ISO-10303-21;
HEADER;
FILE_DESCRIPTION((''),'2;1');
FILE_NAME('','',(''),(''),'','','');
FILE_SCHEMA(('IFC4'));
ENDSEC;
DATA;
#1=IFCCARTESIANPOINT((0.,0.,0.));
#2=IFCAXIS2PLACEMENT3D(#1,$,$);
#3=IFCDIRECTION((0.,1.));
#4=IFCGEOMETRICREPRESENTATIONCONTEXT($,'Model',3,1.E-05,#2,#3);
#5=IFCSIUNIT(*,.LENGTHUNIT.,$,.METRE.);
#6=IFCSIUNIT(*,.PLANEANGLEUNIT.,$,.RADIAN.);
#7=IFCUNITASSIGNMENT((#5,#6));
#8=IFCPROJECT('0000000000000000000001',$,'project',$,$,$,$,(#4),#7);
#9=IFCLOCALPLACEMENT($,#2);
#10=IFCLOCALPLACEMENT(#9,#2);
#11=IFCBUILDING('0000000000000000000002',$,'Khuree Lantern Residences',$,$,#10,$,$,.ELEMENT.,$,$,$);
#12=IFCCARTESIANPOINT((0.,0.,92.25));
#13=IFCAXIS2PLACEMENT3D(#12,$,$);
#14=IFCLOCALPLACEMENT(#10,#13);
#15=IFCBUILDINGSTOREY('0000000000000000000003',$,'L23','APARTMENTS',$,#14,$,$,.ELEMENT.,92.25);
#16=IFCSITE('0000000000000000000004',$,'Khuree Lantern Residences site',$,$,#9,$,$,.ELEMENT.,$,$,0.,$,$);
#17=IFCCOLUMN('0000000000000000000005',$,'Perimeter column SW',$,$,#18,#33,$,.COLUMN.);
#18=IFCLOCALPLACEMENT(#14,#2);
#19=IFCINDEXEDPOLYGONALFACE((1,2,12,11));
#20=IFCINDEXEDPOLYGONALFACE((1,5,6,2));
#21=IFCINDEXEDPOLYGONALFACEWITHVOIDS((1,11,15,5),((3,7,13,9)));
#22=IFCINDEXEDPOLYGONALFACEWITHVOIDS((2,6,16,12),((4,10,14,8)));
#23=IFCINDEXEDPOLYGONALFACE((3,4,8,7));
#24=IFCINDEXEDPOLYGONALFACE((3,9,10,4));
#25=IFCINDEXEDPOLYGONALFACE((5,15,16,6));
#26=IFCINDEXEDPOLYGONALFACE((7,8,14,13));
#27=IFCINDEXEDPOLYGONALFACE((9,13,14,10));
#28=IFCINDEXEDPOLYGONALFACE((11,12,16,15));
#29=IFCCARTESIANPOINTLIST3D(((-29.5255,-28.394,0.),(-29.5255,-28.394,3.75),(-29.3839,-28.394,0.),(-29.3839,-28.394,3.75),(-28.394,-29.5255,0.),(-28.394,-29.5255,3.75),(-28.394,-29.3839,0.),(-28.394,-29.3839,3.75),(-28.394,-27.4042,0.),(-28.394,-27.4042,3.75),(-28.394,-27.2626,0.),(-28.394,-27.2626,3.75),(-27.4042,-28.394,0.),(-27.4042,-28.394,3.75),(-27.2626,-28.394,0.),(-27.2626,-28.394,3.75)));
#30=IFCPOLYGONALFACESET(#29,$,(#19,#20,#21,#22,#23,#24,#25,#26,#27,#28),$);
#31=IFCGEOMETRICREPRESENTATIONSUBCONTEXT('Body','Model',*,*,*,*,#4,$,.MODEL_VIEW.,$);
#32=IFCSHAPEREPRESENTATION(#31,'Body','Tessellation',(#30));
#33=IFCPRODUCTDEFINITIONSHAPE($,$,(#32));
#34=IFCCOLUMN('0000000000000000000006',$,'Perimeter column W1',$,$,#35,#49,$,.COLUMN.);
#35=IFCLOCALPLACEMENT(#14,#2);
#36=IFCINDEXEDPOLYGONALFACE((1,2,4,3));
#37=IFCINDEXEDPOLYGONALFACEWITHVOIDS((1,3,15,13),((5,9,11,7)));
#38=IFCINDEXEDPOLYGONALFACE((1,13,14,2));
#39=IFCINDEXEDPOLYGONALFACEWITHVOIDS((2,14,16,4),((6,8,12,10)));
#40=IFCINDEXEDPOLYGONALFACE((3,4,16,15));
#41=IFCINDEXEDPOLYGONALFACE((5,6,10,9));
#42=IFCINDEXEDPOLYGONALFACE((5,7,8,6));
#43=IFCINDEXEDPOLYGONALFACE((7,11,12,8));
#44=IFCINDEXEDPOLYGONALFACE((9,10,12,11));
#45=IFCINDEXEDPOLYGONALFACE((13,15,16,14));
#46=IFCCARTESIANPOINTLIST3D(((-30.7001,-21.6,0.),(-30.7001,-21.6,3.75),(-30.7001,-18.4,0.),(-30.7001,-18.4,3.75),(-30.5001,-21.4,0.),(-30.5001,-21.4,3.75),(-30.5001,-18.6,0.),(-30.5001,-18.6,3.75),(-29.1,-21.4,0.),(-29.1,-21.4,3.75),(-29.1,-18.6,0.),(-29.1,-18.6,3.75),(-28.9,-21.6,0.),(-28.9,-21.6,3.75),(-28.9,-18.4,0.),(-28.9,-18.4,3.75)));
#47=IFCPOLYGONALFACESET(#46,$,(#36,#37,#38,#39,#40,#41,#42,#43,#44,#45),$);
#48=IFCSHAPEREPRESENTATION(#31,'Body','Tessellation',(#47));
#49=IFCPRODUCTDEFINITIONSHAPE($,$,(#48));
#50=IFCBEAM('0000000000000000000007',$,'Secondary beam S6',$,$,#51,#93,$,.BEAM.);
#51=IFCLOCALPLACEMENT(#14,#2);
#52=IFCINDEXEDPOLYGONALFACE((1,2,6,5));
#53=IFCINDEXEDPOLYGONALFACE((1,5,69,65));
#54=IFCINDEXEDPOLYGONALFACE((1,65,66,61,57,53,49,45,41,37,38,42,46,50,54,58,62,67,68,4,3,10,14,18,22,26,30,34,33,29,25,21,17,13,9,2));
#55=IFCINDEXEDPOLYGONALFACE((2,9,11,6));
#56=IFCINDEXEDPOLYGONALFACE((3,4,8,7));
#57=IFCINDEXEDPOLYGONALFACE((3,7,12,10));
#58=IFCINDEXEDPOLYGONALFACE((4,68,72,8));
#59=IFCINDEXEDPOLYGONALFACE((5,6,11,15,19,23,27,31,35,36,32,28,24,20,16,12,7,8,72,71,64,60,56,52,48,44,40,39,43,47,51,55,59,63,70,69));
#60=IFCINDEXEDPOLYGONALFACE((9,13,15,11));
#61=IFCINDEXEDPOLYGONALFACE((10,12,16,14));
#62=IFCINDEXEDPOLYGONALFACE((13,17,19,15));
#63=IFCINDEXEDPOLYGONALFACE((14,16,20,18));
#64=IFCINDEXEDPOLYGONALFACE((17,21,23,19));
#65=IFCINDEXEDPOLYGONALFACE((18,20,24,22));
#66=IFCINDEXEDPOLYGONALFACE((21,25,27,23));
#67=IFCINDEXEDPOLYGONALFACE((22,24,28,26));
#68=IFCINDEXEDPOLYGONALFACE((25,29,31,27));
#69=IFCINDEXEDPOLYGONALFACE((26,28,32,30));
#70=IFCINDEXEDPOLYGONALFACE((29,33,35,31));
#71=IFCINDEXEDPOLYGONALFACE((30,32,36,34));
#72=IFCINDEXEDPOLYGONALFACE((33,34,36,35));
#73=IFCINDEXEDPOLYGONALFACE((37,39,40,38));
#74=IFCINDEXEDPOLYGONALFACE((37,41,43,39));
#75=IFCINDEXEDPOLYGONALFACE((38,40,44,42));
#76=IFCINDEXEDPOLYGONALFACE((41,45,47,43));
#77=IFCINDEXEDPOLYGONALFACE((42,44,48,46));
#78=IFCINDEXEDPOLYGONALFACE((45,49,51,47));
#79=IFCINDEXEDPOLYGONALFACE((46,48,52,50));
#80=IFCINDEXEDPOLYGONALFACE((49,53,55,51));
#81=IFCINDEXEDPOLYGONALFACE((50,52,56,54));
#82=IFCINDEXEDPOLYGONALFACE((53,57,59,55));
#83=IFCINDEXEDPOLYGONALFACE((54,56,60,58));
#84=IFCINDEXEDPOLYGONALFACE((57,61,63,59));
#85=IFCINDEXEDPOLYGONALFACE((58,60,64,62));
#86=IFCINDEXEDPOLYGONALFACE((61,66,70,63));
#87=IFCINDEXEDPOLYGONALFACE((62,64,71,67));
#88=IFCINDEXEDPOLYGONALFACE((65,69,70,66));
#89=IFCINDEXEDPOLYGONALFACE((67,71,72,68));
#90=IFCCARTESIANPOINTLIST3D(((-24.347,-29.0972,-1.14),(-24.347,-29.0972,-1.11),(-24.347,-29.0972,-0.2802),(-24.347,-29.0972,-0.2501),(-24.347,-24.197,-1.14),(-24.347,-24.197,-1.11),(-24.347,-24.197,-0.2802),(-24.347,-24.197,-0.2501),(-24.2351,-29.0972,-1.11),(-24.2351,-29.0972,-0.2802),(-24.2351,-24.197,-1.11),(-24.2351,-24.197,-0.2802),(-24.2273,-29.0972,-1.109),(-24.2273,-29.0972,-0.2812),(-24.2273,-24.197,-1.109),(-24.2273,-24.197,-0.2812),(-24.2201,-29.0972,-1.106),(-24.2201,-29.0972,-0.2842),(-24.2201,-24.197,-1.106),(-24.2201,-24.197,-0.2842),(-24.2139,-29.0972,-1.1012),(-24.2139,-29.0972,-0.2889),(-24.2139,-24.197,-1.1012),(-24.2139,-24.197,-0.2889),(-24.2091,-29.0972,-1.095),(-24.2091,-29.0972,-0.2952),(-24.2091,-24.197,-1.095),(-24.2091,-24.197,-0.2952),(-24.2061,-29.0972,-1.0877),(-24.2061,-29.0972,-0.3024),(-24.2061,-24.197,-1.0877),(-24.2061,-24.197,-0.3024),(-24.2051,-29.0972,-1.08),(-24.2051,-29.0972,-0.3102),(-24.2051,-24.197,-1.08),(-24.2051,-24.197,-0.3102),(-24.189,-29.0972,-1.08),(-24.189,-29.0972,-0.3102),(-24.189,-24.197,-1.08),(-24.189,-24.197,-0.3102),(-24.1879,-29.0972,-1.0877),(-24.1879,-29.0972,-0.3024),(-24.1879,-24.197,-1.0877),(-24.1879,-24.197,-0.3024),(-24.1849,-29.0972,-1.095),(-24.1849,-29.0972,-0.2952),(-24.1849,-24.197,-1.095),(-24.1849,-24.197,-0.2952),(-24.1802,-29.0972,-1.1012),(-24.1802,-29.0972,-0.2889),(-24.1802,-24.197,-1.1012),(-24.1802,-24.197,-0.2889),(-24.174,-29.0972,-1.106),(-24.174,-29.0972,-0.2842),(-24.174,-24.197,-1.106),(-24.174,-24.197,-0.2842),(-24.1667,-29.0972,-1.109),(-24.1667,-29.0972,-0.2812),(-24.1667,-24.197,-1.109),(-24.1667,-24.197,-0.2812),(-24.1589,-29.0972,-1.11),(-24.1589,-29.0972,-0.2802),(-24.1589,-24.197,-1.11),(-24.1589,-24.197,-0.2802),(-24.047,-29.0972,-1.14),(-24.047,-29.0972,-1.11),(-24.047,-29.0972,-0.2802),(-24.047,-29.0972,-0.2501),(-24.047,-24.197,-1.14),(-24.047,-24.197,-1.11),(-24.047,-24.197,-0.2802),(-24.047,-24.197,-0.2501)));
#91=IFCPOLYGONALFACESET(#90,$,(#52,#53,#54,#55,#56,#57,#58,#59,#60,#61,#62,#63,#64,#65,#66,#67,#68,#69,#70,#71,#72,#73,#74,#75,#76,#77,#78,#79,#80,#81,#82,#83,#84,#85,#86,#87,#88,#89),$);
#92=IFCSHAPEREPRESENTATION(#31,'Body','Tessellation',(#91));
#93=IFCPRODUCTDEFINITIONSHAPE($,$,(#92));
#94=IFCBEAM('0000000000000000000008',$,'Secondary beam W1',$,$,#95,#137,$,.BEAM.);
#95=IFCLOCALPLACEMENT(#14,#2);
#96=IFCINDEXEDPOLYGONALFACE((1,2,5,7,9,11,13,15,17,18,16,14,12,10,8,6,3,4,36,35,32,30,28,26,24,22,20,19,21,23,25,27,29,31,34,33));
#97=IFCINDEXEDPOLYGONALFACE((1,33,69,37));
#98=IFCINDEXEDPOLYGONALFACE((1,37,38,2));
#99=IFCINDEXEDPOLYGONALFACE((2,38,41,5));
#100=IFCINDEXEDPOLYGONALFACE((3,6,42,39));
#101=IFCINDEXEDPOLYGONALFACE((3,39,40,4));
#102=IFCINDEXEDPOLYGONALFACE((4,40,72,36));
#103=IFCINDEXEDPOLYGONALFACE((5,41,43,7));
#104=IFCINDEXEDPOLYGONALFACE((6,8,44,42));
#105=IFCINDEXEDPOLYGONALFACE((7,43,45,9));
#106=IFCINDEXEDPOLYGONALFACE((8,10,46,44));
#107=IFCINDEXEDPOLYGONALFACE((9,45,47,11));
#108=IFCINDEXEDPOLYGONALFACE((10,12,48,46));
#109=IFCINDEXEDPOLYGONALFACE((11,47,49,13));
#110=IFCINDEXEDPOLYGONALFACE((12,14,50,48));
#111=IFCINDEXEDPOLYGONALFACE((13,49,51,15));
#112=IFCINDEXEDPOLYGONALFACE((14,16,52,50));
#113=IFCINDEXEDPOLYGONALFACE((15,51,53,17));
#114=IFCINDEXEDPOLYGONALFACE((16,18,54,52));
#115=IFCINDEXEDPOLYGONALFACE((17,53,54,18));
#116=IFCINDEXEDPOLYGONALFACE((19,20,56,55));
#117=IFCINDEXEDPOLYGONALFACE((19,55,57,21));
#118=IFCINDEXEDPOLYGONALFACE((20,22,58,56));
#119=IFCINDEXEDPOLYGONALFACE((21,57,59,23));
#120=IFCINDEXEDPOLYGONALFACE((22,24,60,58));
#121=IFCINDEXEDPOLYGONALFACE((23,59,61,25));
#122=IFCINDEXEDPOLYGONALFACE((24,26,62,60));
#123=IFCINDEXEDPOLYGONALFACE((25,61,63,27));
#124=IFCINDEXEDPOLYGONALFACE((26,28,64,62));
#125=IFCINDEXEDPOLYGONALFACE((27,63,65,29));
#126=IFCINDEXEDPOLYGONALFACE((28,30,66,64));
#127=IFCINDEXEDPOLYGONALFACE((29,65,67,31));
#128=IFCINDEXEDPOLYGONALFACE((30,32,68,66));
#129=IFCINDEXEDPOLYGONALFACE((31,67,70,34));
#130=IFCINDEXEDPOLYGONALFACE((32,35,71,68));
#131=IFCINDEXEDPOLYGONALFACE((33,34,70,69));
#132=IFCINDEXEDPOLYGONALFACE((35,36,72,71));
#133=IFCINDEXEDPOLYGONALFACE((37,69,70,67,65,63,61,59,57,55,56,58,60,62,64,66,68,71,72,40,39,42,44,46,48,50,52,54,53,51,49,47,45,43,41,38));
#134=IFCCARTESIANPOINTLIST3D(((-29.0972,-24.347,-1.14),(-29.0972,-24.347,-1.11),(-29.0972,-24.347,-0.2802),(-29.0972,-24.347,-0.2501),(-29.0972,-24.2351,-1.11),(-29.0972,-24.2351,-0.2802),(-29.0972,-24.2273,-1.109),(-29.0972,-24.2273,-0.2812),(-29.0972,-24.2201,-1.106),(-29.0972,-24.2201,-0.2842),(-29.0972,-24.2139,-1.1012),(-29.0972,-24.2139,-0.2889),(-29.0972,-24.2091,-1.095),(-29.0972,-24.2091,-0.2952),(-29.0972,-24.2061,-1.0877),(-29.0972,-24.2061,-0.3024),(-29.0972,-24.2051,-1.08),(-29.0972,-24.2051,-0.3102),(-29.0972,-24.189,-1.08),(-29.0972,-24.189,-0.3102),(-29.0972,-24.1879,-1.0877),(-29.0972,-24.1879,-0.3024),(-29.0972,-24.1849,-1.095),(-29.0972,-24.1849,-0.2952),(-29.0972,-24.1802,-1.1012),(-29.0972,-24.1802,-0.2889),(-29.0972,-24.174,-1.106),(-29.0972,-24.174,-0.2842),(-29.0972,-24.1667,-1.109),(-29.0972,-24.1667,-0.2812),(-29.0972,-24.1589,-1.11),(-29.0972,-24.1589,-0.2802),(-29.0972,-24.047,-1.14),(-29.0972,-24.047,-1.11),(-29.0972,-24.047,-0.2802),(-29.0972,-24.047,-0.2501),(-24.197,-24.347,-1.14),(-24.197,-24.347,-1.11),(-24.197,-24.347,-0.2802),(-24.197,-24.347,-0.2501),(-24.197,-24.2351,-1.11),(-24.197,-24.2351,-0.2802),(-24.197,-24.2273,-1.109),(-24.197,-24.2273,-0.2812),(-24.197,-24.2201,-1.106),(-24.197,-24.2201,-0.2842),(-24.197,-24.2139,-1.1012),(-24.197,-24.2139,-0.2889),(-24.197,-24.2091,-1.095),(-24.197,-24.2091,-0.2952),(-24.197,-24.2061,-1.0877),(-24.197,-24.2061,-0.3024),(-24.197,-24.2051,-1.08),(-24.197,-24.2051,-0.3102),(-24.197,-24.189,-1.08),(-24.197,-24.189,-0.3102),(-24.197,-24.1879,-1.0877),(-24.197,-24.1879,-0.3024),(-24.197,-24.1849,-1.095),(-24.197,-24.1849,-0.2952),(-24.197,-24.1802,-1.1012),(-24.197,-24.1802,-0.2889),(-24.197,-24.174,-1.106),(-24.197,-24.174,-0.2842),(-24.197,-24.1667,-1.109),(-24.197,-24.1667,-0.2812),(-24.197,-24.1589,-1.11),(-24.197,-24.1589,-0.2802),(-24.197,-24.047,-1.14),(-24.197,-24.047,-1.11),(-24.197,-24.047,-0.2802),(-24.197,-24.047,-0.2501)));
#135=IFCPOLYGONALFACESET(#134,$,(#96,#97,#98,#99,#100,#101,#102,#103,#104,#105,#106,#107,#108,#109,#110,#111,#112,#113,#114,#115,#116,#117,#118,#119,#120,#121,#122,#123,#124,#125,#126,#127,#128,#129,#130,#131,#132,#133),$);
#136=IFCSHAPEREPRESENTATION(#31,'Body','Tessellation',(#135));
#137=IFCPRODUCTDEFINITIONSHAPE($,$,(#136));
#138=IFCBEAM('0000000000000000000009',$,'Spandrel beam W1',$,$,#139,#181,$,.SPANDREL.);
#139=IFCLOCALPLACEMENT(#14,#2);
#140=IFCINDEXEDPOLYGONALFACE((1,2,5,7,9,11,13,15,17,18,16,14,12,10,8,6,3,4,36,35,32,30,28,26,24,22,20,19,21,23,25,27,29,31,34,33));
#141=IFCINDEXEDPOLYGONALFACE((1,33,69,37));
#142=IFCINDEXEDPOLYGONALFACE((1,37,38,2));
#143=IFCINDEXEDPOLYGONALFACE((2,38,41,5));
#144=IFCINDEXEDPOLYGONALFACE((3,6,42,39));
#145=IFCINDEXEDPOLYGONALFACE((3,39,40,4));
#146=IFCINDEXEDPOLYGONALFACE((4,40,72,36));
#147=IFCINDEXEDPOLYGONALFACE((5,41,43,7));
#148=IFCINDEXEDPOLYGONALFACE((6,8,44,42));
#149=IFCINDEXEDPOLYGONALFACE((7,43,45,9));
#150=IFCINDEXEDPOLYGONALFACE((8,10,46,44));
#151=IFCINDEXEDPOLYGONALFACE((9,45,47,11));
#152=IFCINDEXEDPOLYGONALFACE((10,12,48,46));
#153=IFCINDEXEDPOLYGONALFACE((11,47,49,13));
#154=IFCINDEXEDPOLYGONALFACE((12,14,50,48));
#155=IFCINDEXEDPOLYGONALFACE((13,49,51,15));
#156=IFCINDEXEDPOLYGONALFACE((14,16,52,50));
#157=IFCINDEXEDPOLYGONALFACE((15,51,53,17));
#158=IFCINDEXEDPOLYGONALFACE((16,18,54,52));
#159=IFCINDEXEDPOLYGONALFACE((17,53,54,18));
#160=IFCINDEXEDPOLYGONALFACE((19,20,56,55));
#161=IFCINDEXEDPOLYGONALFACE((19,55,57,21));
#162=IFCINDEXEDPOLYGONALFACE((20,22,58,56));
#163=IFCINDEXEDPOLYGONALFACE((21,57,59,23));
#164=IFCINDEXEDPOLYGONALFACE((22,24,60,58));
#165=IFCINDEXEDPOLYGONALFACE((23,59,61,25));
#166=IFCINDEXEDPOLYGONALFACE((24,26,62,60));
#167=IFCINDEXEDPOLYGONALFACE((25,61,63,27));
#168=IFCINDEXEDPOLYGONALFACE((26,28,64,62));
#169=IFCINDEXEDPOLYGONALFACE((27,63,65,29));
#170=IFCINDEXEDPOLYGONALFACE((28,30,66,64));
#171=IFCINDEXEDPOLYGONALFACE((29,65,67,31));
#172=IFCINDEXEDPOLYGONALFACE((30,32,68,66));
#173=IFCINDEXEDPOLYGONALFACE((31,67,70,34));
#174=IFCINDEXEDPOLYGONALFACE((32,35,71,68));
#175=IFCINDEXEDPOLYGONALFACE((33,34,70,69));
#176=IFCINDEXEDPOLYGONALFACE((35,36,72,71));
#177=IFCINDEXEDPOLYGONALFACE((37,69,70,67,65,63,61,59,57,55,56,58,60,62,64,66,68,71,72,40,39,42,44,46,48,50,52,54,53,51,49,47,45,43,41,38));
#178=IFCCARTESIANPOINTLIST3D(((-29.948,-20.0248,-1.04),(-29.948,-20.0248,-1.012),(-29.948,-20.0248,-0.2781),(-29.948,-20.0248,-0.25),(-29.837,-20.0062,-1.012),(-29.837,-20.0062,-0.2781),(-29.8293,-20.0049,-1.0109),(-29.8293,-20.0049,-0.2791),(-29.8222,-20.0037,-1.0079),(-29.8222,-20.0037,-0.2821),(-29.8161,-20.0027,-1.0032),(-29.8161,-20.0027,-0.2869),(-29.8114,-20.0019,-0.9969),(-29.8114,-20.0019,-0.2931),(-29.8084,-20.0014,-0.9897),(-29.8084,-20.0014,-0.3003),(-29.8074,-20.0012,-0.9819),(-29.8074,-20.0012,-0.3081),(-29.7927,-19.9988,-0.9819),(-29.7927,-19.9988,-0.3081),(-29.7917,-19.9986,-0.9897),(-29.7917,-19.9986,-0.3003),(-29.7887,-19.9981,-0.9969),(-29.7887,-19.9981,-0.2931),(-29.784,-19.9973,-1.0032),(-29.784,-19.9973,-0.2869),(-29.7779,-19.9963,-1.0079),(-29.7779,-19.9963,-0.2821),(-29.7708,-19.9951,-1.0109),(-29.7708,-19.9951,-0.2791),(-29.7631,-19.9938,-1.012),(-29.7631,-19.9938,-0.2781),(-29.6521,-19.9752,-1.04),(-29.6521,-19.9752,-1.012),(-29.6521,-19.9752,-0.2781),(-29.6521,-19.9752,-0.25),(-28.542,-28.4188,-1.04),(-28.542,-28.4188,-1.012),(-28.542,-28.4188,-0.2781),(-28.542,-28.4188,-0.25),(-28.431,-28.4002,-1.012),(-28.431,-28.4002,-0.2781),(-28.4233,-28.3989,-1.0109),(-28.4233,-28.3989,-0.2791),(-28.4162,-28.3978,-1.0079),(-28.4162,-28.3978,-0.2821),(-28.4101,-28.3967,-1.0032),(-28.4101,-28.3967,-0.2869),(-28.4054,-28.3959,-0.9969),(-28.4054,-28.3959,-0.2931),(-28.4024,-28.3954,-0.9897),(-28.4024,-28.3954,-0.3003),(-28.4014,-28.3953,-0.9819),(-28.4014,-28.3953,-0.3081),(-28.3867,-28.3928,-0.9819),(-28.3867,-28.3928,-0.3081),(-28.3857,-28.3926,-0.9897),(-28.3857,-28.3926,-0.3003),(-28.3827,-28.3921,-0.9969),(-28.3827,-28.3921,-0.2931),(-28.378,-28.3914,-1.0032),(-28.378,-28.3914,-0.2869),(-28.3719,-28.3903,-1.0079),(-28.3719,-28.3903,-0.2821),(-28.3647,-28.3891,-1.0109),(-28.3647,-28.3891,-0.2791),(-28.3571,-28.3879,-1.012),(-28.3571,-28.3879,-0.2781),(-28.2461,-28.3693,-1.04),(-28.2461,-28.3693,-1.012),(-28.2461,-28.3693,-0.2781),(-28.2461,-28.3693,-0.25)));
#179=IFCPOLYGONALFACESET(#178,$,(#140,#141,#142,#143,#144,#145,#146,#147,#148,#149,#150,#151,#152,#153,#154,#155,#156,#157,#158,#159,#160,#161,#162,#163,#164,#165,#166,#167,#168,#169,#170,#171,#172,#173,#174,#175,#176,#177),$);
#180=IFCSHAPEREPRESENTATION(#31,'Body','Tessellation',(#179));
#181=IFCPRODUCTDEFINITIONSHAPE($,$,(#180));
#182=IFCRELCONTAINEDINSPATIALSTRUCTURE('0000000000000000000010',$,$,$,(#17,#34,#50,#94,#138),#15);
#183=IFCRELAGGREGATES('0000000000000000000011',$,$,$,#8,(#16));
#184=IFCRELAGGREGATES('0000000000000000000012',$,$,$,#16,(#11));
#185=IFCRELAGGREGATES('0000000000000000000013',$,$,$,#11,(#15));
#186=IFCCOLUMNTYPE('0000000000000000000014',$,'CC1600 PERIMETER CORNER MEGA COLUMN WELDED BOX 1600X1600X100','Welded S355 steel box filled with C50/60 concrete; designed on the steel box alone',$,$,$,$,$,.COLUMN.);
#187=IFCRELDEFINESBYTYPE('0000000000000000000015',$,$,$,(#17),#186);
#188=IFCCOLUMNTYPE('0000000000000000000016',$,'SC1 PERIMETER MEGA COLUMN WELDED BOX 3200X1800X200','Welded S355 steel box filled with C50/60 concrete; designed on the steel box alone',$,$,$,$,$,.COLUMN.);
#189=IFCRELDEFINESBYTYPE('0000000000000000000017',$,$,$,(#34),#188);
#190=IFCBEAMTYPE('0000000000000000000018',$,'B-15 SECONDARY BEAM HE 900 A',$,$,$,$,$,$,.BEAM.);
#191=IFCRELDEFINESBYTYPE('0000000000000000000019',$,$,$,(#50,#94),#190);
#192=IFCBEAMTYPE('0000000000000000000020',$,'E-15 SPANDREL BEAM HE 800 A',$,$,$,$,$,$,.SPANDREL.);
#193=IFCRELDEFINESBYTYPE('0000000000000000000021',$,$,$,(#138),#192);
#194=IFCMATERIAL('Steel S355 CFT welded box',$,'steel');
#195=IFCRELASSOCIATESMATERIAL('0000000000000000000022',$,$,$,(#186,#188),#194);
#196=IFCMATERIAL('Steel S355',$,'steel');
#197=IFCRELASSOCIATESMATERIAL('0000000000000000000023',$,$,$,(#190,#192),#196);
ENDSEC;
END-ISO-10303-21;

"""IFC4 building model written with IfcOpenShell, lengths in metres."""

from ifc_helpers import new_model, si_unit, direction, frame, origin, origin_2d, place, context, subcontext, project, spatial, hollow_rectangle, i_section, extrude, material, material_profile, profile_set, type_object, element, save


model = new_model("IFC4")

# Units and contexts
model_context = context("Model", 3, precision=1e-05, world=origin(), true_north=direction((0.0, 1.0)))
body_context = subcontext(model_context, "Body", "Model", "MODEL_VIEW")
ifc_project = project(units=[si_unit("LENGTHUNIT", "METRE"), si_unit("PLANEANGLEUNIT", "RADIAN")], contexts=[model_context])

# Site, building, storey
site_placement = place(None, origin())
site = spatial("IfcSite", under=ifc_project, at=site_placement, Name="Khuree Lantern Residences site", CompositionType="ELEMENT", RefElevation=0.0)
building_placement = place(site_placement, origin())
building = spatial("IfcBuilding", under=site, at=building_placement, Name="Khuree Lantern Residences", CompositionType="ELEMENT")
storey_placement = place(building_placement, frame((0.0, 0.0, 92.25)))
storey = spatial("IfcBuildingStorey", under=building, at=storey_placement, Name="L23", Description="APARTMENTS", CompositionType="ELEMENT", Elevation=92.25)

# Columns
ifc_material_1 = material(Name="Steel S355 CFT welded box", Category="steel")
ifc_material_profile_1 = material_profile(ifc_material_1, hollow_rectangle(XDim=1.6001, YDim=1.6001, WallThickness=0.1001, at=origin_2d()), Name="WELDED BOX 1600X1600X100")
ifc_profile_set_1 = profile_set([ifc_material_profile_1], Name="Steel S355 CFT welded box")
column_type_1 = type_object("IfcColumnType", Name="CC1600 PERIMETER CORNER MEGA COLUMN WELDED BOX 1600X1600X100", Description="Welded S355 steel box filled with C50/60 concrete; designed on the steel box alone", PredefinedType="COLUMN", material=ifc_profile_set_1)
column_1_placement = place(storey_placement, frame((-28.394, -28.394, 0.0), z_axis=(0.0, 0.0, 1.0), x_axis=(0.707107, -0.707107, 0.0)))
element("IfcColumn", 1, at=column_1_placement, inside=storey, type_object=column_type_1, Name="Perimeter column SW", PredefinedType="COLUMN", context=body_context, shape_type="SweptSolid", body=[
    extrude(hollow_rectangle(XDim=1.6001, YDim=1.6001, WallThickness=0.1001, at=origin_2d()), origin(), (0.0, 0.0, 1.0), 3.75),
])
ifc_material_profile_2 = material_profile(ifc_material_1, hollow_rectangle(XDim=3.2, YDim=1.8, WallThickness=0.2, at=origin_2d()), Name="WELDED BOX 3200X1800X200")
ifc_profile_set_2 = profile_set([ifc_material_profile_2], Name="Steel S355 CFT welded box")
column_type_2 = type_object("IfcColumnType", Name="SC1 PERIMETER MEGA COLUMN WELDED BOX 3200X1800X200", Description="Welded S355 steel box filled with C50/60 concrete; designed on the steel box alone", PredefinedType="COLUMN", material=ifc_profile_set_2)
column_2_placement = place(storey_placement, frame((-29.8, -20.0, 0.0), z_axis=(0.0, 0.0, 1.0), x_axis=(0.0, 1.0, 0.0)))
element("IfcColumn", 2, at=column_2_placement, inside=storey, type_object=column_type_2, Name="Perimeter column W1", PredefinedType="COLUMN", context=body_context, shape_type="SweptSolid", body=[
    extrude(hollow_rectangle(XDim=3.2, YDim=1.8, WallThickness=0.2, at=origin_2d()), origin(), (0.0, 0.0, 1.0), 3.75),
])

# Beams
ifc_material_2 = material(Name="Steel S355", Category="steel")
ifc_material_profile_3 = material_profile(ifc_material_2, i_section(OverallWidth=0.3, OverallDepth=0.8899, WebThickness=0.0161, FlangeThickness=0.03, FilletRadius=0.03, at=origin_2d()), Name="HE 900 A")
ifc_profile_set_3 = profile_set([ifc_material_profile_3], Name="Steel S355")
beam_type_1 = type_object("IfcBeamType", Name="B-15 SECONDARY BEAM HE 900 A", PredefinedType="BEAM", material=ifc_profile_set_3)
for number, where, z_axis, x_axis, name in (
    (3, (-24.197, -29.0972, -0.6951), (0.0, 1.0, 0.0), (-1.0, 0.0, 0.0), "Secondary beam S6"),
    (4, (-29.0972, -24.197, -0.6951), (1.0, 0.0, 0.0), (0.0, 1.0, 0.0), "Secondary beam W1"),
):
    element("IfcBeam", number, at=place(storey_placement, frame(where, z_axis=z_axis, x_axis=x_axis)), inside=storey, type_object=beam_type_1, Name=name, PredefinedType="BEAM", context=body_context, shape_type="SweptSolid", body=[
        extrude(i_section(OverallWidth=0.3, OverallDepth=0.8899, WebThickness=0.0161, FlangeThickness=0.03, FilletRadius=0.03, at=origin_2d()), origin(), (0.0, 0.0, 1.0), 4.9001),
    ])
ifc_material_profile_4 = material_profile(ifc_material_2, i_section(OverallWidth=0.3, OverallDepth=0.79, WebThickness=0.0149, FlangeThickness=0.0281, FilletRadius=0.03, at=origin_2d()), Name="HE 800 A")
ifc_profile_set_4 = profile_set([ifc_material_profile_4], Name="Steel S355")
beam_type_2 = type_object("IfcBeamType", Name="E-15 SPANDREL BEAM HE 800 A", PredefinedType="SPANDREL", material=ifc_profile_set_4)
beam_1_placement = place(storey_placement, frame((-28.394, -28.394, -0.645), z_axis=(-0.165199, 0.98626, 0.0), x_axis=(-0.98626, -0.165199, 0.0)))
element("IfcBeam", 5, at=beam_1_placement, inside=storey, type_object=beam_type_2, Name="Spandrel beam W1", PredefinedType="SPANDREL", context=body_context, shape_type="SweptSolid", body=[
    extrude(i_section(OverallWidth=0.3, OverallDepth=0.79, WebThickness=0.0149, FlangeThickness=0.0281, FilletRadius=0.03, at=origin_2d()), origin(), (0.0, 0.0, 1.0), 8.511),
])

save(model, "model.ifc")
